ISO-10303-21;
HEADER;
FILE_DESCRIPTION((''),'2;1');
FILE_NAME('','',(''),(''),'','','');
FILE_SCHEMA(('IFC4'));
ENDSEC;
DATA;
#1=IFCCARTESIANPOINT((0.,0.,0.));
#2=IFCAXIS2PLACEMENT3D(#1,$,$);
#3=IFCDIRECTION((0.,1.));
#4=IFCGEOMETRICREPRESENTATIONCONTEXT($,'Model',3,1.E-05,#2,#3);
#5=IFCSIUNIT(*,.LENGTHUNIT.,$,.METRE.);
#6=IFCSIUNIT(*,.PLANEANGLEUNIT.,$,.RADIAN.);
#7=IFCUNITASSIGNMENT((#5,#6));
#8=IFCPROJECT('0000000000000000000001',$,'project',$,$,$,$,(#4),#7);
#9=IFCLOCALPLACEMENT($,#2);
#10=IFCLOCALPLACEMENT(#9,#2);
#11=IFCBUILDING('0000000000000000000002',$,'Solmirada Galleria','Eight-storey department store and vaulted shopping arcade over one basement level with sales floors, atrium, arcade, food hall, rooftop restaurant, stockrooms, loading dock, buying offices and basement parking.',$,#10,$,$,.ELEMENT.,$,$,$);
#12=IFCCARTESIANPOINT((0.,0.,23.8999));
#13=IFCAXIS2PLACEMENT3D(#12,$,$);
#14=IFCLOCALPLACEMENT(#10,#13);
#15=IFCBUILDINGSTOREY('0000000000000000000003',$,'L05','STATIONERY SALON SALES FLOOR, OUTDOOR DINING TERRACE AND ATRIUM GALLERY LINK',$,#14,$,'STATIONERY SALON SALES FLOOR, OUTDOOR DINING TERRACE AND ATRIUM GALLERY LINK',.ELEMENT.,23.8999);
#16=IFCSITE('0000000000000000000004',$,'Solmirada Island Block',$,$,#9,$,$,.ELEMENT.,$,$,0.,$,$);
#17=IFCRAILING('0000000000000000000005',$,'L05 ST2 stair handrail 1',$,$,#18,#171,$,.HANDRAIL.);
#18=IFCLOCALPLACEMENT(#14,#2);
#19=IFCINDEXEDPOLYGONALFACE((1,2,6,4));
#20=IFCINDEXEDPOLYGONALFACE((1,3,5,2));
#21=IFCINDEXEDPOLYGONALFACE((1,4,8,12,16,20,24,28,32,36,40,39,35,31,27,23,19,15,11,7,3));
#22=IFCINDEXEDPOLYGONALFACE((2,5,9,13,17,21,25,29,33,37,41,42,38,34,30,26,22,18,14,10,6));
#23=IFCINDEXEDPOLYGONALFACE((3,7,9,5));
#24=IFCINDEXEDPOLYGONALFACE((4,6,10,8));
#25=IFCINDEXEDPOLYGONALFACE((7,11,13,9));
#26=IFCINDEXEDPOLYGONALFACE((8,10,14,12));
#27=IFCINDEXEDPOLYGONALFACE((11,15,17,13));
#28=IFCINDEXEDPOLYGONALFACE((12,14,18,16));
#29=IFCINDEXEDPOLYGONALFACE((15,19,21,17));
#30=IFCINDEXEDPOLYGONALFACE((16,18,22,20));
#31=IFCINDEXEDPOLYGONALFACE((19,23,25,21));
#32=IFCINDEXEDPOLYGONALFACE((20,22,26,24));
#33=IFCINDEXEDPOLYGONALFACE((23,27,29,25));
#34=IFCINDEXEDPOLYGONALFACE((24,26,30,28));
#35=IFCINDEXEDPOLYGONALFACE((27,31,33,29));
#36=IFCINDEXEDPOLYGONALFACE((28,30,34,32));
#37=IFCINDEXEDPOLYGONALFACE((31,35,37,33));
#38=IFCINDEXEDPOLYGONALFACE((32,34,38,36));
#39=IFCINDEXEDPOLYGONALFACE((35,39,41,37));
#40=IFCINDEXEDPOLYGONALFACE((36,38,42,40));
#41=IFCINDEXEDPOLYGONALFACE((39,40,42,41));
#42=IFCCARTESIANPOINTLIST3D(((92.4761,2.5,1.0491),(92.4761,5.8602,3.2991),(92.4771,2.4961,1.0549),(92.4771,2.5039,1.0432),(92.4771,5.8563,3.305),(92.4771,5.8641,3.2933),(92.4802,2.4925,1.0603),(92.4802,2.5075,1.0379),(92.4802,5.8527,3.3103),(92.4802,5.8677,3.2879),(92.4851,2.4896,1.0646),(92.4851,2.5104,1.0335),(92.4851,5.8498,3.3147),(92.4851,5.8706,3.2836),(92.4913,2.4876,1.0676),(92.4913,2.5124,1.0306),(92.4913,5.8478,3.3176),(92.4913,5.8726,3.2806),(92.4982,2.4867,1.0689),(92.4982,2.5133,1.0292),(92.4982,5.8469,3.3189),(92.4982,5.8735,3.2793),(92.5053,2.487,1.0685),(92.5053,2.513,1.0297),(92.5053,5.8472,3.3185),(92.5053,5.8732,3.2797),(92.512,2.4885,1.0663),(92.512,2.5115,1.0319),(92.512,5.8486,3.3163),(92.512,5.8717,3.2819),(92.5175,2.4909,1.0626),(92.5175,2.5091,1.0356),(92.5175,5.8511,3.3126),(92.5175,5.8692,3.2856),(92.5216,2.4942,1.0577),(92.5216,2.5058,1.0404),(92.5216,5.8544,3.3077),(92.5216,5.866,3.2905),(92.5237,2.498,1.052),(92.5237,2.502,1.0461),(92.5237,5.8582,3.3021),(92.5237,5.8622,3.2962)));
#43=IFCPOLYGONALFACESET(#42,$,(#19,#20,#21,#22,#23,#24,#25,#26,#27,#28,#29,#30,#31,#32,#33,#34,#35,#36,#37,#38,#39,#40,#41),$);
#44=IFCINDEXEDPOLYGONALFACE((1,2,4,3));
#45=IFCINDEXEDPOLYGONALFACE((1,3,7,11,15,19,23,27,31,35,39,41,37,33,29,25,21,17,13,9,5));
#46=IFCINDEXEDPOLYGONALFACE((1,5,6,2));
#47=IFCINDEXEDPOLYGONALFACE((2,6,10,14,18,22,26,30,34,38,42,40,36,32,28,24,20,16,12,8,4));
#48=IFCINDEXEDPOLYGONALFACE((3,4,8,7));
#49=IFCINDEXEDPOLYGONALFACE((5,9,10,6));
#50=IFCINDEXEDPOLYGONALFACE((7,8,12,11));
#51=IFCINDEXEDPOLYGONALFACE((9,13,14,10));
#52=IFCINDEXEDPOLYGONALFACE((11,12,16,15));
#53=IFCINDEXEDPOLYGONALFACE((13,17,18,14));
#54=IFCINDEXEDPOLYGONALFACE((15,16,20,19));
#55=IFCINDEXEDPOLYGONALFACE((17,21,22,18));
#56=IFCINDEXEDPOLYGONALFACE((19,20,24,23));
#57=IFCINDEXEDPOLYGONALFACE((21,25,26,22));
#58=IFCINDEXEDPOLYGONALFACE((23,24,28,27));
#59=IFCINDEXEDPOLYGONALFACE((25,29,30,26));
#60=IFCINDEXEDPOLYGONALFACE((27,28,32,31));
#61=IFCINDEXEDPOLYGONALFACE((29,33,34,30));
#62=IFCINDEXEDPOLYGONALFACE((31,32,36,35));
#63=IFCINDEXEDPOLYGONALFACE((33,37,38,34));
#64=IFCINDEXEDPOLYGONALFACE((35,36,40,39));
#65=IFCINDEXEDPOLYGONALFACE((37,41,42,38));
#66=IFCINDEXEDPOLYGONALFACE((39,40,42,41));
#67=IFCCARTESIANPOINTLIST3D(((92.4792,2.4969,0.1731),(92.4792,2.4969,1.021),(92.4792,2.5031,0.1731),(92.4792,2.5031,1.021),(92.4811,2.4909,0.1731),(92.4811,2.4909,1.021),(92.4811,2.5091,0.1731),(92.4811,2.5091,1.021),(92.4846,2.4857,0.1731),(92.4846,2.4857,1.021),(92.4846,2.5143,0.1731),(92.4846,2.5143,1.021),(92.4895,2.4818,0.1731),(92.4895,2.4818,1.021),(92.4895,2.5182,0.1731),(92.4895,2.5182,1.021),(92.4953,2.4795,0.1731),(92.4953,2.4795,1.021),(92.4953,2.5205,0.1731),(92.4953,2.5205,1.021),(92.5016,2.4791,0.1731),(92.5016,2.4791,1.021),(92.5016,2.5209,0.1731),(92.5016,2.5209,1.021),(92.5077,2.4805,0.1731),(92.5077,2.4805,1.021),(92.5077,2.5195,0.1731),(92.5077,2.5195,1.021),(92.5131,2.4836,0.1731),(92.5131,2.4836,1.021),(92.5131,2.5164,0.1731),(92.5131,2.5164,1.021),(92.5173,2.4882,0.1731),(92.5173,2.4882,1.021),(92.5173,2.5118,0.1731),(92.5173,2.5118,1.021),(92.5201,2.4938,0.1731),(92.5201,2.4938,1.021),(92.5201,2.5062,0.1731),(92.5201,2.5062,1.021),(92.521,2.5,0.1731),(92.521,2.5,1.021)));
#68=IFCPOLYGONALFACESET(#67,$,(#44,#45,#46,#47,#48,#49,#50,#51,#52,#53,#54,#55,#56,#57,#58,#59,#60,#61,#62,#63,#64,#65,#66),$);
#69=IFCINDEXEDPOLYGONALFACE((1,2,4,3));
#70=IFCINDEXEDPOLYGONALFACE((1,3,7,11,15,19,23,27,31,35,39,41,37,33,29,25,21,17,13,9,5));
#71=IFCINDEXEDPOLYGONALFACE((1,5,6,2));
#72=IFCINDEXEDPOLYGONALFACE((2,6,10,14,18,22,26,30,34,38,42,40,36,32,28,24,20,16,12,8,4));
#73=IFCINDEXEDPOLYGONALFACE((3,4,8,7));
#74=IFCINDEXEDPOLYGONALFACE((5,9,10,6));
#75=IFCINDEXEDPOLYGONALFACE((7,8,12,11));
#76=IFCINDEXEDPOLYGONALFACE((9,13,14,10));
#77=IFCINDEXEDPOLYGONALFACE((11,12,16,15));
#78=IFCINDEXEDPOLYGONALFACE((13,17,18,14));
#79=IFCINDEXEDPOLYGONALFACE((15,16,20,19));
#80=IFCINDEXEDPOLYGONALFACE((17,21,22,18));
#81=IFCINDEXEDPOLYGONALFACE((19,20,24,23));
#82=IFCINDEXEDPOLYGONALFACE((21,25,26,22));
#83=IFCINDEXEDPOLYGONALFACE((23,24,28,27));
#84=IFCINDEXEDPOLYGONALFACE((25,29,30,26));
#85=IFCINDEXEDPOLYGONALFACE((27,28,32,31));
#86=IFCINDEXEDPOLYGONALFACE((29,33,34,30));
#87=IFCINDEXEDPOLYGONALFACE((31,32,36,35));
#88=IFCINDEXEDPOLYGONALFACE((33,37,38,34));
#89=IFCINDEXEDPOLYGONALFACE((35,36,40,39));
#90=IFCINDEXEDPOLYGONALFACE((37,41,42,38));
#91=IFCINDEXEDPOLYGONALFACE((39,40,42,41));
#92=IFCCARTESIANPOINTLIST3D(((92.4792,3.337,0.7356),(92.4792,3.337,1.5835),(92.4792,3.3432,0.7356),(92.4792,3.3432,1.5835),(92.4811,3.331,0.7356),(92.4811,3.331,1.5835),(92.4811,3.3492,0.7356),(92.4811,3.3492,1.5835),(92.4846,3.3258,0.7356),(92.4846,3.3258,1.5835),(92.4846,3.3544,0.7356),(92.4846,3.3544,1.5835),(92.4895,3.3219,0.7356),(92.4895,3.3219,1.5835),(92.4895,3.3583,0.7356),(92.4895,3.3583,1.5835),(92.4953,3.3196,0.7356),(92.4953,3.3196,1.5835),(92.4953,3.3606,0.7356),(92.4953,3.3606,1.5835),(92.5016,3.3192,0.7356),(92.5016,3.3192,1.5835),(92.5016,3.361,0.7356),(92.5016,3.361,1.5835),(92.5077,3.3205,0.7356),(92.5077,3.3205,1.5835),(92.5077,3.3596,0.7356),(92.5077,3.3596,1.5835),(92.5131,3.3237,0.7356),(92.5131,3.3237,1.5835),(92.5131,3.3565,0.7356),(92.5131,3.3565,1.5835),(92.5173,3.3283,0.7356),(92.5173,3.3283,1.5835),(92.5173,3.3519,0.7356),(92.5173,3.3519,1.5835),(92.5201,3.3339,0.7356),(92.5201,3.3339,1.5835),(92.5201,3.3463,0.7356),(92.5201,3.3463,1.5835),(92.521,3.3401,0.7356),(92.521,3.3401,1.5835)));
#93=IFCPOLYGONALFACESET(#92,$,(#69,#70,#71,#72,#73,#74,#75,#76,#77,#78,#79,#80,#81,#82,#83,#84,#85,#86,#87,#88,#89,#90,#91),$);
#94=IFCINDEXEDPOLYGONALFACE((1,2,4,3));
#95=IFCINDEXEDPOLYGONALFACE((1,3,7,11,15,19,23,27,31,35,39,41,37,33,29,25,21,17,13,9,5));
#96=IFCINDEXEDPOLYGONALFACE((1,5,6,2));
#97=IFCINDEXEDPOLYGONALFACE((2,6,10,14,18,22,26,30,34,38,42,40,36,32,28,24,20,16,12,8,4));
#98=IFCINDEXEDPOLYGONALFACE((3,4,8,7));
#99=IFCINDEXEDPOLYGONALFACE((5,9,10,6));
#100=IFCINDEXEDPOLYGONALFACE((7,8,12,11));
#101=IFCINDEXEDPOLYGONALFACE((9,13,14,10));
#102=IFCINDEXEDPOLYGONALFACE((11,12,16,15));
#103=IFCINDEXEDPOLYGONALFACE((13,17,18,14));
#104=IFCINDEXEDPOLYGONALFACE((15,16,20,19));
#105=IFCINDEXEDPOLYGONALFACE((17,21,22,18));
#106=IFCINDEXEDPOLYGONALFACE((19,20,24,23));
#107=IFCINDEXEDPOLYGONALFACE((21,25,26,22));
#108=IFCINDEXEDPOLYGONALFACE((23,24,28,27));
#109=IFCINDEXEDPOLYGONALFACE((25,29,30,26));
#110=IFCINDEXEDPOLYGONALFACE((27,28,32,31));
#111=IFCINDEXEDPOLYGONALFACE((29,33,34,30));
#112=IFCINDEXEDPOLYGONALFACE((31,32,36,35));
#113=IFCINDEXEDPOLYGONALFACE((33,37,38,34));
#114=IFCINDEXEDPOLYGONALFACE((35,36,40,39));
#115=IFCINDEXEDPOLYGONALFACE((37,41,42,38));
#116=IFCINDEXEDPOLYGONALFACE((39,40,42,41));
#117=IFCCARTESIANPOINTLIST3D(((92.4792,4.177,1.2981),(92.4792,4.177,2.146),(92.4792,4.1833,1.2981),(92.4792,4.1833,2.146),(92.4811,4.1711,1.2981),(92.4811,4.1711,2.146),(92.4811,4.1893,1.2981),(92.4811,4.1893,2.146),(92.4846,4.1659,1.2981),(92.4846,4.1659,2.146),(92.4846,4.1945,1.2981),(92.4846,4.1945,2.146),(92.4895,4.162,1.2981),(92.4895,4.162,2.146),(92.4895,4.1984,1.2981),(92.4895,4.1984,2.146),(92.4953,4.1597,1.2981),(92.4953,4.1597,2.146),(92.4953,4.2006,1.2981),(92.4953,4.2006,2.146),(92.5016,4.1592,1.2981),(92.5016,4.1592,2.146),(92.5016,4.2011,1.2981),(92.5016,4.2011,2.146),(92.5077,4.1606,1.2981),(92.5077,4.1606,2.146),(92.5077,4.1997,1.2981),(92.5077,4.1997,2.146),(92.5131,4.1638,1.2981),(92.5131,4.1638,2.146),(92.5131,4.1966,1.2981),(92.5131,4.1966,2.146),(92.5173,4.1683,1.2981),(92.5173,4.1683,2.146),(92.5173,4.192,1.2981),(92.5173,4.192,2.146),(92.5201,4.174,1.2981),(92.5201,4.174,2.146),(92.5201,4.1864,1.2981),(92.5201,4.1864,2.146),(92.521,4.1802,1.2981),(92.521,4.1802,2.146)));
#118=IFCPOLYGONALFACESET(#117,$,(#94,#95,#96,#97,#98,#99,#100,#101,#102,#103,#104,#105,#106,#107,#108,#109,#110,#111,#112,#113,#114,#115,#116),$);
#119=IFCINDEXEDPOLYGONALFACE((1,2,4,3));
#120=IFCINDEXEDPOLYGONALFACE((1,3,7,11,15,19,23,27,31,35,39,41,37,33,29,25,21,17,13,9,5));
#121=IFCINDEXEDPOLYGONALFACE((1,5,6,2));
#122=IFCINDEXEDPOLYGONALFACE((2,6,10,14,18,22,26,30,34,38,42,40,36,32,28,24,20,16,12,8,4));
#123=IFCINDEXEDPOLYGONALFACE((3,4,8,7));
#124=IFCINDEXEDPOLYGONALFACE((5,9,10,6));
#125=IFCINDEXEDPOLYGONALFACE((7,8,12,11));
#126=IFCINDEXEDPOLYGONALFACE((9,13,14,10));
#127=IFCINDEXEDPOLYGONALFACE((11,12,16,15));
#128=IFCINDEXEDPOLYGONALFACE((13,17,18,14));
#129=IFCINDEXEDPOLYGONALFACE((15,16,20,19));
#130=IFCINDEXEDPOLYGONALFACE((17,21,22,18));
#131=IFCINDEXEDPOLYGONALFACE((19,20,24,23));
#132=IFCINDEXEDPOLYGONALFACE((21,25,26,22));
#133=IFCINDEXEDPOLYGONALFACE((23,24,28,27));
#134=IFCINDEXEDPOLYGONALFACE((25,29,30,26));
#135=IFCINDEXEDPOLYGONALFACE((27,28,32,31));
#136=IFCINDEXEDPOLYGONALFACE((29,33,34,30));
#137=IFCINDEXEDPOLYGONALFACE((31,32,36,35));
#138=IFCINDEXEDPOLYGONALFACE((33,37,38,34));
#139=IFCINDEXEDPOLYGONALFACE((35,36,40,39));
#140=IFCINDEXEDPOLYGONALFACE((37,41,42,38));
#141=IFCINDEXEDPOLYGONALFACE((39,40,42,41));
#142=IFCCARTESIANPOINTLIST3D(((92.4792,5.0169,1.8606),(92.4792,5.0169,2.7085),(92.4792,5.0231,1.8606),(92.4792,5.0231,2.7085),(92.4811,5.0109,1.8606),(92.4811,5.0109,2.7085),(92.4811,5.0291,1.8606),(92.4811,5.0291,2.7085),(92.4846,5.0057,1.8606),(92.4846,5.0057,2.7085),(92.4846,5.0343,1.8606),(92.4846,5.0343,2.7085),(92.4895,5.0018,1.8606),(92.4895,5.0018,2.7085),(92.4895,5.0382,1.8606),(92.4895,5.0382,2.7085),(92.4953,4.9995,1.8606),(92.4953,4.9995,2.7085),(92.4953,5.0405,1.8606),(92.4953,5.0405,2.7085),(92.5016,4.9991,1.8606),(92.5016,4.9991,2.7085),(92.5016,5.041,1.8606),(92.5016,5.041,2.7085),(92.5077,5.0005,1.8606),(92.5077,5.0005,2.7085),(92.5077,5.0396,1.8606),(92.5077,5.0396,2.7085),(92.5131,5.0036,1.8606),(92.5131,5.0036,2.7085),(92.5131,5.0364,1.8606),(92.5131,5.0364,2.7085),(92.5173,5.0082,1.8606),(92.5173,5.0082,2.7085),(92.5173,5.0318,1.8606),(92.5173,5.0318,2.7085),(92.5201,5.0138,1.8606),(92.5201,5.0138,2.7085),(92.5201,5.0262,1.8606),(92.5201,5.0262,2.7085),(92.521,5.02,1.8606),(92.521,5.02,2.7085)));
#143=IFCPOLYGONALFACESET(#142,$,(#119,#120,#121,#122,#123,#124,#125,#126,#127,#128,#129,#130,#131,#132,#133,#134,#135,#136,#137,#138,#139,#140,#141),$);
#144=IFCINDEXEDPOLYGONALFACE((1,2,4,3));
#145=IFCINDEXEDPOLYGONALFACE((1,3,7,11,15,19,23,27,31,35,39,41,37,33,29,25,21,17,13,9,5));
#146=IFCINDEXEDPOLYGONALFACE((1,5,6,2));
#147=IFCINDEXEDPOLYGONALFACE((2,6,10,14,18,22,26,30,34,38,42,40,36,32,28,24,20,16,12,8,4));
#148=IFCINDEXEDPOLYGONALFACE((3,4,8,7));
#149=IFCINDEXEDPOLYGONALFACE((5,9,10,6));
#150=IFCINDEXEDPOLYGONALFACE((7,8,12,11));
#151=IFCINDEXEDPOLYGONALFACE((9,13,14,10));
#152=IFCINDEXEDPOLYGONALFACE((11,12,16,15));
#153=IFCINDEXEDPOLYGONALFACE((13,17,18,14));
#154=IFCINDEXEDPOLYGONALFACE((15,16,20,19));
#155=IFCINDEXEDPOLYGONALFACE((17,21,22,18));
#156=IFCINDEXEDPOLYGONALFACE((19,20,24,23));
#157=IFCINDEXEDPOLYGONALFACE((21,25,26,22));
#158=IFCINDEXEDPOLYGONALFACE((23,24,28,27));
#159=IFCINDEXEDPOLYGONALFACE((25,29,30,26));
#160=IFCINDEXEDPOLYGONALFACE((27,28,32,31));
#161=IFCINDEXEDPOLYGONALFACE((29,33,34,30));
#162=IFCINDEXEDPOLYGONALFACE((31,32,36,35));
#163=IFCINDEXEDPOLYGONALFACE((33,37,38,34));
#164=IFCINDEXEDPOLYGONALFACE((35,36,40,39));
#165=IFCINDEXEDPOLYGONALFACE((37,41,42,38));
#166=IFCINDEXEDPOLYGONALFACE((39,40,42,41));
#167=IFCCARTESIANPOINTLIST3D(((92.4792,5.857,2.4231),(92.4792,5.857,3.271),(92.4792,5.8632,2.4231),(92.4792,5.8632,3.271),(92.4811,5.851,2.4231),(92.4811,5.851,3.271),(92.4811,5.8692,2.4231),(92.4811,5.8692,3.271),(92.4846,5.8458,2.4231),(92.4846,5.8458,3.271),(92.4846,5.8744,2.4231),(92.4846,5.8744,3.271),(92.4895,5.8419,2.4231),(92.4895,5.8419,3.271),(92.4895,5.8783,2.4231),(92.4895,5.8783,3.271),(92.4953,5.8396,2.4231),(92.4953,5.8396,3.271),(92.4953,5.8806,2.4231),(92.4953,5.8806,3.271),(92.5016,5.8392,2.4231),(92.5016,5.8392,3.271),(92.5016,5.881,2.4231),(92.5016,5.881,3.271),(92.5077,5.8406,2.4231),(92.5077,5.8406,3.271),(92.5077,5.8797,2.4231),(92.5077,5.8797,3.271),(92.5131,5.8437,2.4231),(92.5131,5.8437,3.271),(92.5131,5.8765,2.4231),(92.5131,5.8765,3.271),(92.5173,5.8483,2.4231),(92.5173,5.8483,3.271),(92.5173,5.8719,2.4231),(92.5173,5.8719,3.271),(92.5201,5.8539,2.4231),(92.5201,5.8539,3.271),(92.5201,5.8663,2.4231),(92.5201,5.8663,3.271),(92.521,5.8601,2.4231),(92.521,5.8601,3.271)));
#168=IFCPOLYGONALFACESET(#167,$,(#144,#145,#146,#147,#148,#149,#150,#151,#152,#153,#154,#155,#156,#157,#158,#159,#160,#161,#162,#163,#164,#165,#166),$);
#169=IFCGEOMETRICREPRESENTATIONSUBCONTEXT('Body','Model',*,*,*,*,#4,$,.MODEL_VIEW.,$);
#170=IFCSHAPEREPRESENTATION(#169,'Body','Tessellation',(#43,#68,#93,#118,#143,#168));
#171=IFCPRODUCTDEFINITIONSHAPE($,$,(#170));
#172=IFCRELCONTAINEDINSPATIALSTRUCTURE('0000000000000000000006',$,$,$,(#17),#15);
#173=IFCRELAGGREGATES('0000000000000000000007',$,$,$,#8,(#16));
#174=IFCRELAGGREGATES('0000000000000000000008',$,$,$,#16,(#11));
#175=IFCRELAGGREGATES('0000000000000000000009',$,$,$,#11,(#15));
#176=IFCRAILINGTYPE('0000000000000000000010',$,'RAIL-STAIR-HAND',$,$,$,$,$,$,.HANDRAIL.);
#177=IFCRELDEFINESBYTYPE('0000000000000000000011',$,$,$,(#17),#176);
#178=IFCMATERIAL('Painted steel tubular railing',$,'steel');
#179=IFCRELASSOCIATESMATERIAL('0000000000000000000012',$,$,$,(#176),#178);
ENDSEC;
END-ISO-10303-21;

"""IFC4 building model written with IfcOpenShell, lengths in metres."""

from ifc_helpers import new_model, si_unit, direction, frame, origin, origin_2d, place, context, subcontext, project, spatial, circle, extrude, material, type_object, element, save


model = new_model("IFC4")

# Units and contexts
model_context = context("Model", 3, precision=1e-05, world=origin(), true_north=direction((0.0, 1.0)))
body_context = subcontext(model_context, "Body", "Model", "MODEL_VIEW")
ifc_project = project(units=[si_unit("LENGTHUNIT", "METRE"), si_unit("PLANEANGLEUNIT", "RADIAN")], contexts=[model_context])

# Site, building, storey
site_placement = place(None, origin())
site = spatial("IfcSite", under=ifc_project, at=site_placement, Name="Solmirada Island Block", CompositionType="ELEMENT", RefElevation=0.0)
building_placement = place(site_placement, origin())
building = spatial("IfcBuilding", under=site, at=building_placement, Name="Solmirada Galleria", Description="Eight-storey department store and vaulted shopping arcade over one basement level with sales floors, atrium, arcade, food hall, rooftop restaurant, stockrooms, loading dock, buying offices and basement parking.", CompositionType="ELEMENT")
storey_placement = place(building_placement, frame((0.0, 0.0, 23.8999)))
storey = spatial("IfcBuildingStorey", under=building, at=storey_placement, Name="L05", Description="STATIONERY SALON SALES FLOOR, OUTDOOR DINING TERRACE AND ATRIUM GALLERY LINK", LongName="STATIONERY SALON SALES FLOOR, OUTDOOR DINING TERRACE AND ATRIUM GALLERY LINK", CompositionType="ELEMENT", Elevation=23.8999)

# Railing
ifc_material_1 = material(Name="Painted steel tubular railing", Category="steel")
railing_type_1 = type_object("IfcRailingType", Name="RAIL-STAIR-HAND", PredefinedType="HANDRAIL", material=ifc_material_1)
railing_1_placement = place(storey_placement, frame((92.5, 2.5, 0.1731)))
element("IfcRailing", 1, at=railing_1_placement, inside=storey, type_object=railing_type_1, Name="L05 ST2 stair handrail 1", PredefinedType="HANDRAIL", context=body_context, shape_type="SweptSolid", body=[
    extrude(circle(Radius=0.0239, at=origin_2d()), frame((0.0, 0.0, 0.876), z_axis=(0.0, 0.830915, 0.556399), x_axis=(-1.0, 0.0, 0.0)), (0.0, 0.0, 1.0), 4.0439),
    extrude(circle(Radius=0.021, at=origin_2d()), origin(), (0.0, 0.0, 1.0), 0.8479),
    extrude(circle(Radius=0.021, at=origin_2d()), frame((0.0, 0.8401, 0.5625)), (0.0, 0.0, 1.0), 0.8479),
    extrude(circle(Radius=0.021, at=origin_2d()), frame((0.0, 1.6802, 1.125)), (0.0, 0.0, 1.0), 0.8479),
    extrude(circle(Radius=0.021, at=origin_2d()), frame((0.0, 2.52, 1.6875)), (0.0, 0.0, 1.0), 0.8479),
    extrude(circle(Radius=0.021, at=origin_2d()), frame((0.0, 3.3601, 2.25)), (0.0, 0.0, 1.0), 0.8479),
])

save(model, "model.ifc")
